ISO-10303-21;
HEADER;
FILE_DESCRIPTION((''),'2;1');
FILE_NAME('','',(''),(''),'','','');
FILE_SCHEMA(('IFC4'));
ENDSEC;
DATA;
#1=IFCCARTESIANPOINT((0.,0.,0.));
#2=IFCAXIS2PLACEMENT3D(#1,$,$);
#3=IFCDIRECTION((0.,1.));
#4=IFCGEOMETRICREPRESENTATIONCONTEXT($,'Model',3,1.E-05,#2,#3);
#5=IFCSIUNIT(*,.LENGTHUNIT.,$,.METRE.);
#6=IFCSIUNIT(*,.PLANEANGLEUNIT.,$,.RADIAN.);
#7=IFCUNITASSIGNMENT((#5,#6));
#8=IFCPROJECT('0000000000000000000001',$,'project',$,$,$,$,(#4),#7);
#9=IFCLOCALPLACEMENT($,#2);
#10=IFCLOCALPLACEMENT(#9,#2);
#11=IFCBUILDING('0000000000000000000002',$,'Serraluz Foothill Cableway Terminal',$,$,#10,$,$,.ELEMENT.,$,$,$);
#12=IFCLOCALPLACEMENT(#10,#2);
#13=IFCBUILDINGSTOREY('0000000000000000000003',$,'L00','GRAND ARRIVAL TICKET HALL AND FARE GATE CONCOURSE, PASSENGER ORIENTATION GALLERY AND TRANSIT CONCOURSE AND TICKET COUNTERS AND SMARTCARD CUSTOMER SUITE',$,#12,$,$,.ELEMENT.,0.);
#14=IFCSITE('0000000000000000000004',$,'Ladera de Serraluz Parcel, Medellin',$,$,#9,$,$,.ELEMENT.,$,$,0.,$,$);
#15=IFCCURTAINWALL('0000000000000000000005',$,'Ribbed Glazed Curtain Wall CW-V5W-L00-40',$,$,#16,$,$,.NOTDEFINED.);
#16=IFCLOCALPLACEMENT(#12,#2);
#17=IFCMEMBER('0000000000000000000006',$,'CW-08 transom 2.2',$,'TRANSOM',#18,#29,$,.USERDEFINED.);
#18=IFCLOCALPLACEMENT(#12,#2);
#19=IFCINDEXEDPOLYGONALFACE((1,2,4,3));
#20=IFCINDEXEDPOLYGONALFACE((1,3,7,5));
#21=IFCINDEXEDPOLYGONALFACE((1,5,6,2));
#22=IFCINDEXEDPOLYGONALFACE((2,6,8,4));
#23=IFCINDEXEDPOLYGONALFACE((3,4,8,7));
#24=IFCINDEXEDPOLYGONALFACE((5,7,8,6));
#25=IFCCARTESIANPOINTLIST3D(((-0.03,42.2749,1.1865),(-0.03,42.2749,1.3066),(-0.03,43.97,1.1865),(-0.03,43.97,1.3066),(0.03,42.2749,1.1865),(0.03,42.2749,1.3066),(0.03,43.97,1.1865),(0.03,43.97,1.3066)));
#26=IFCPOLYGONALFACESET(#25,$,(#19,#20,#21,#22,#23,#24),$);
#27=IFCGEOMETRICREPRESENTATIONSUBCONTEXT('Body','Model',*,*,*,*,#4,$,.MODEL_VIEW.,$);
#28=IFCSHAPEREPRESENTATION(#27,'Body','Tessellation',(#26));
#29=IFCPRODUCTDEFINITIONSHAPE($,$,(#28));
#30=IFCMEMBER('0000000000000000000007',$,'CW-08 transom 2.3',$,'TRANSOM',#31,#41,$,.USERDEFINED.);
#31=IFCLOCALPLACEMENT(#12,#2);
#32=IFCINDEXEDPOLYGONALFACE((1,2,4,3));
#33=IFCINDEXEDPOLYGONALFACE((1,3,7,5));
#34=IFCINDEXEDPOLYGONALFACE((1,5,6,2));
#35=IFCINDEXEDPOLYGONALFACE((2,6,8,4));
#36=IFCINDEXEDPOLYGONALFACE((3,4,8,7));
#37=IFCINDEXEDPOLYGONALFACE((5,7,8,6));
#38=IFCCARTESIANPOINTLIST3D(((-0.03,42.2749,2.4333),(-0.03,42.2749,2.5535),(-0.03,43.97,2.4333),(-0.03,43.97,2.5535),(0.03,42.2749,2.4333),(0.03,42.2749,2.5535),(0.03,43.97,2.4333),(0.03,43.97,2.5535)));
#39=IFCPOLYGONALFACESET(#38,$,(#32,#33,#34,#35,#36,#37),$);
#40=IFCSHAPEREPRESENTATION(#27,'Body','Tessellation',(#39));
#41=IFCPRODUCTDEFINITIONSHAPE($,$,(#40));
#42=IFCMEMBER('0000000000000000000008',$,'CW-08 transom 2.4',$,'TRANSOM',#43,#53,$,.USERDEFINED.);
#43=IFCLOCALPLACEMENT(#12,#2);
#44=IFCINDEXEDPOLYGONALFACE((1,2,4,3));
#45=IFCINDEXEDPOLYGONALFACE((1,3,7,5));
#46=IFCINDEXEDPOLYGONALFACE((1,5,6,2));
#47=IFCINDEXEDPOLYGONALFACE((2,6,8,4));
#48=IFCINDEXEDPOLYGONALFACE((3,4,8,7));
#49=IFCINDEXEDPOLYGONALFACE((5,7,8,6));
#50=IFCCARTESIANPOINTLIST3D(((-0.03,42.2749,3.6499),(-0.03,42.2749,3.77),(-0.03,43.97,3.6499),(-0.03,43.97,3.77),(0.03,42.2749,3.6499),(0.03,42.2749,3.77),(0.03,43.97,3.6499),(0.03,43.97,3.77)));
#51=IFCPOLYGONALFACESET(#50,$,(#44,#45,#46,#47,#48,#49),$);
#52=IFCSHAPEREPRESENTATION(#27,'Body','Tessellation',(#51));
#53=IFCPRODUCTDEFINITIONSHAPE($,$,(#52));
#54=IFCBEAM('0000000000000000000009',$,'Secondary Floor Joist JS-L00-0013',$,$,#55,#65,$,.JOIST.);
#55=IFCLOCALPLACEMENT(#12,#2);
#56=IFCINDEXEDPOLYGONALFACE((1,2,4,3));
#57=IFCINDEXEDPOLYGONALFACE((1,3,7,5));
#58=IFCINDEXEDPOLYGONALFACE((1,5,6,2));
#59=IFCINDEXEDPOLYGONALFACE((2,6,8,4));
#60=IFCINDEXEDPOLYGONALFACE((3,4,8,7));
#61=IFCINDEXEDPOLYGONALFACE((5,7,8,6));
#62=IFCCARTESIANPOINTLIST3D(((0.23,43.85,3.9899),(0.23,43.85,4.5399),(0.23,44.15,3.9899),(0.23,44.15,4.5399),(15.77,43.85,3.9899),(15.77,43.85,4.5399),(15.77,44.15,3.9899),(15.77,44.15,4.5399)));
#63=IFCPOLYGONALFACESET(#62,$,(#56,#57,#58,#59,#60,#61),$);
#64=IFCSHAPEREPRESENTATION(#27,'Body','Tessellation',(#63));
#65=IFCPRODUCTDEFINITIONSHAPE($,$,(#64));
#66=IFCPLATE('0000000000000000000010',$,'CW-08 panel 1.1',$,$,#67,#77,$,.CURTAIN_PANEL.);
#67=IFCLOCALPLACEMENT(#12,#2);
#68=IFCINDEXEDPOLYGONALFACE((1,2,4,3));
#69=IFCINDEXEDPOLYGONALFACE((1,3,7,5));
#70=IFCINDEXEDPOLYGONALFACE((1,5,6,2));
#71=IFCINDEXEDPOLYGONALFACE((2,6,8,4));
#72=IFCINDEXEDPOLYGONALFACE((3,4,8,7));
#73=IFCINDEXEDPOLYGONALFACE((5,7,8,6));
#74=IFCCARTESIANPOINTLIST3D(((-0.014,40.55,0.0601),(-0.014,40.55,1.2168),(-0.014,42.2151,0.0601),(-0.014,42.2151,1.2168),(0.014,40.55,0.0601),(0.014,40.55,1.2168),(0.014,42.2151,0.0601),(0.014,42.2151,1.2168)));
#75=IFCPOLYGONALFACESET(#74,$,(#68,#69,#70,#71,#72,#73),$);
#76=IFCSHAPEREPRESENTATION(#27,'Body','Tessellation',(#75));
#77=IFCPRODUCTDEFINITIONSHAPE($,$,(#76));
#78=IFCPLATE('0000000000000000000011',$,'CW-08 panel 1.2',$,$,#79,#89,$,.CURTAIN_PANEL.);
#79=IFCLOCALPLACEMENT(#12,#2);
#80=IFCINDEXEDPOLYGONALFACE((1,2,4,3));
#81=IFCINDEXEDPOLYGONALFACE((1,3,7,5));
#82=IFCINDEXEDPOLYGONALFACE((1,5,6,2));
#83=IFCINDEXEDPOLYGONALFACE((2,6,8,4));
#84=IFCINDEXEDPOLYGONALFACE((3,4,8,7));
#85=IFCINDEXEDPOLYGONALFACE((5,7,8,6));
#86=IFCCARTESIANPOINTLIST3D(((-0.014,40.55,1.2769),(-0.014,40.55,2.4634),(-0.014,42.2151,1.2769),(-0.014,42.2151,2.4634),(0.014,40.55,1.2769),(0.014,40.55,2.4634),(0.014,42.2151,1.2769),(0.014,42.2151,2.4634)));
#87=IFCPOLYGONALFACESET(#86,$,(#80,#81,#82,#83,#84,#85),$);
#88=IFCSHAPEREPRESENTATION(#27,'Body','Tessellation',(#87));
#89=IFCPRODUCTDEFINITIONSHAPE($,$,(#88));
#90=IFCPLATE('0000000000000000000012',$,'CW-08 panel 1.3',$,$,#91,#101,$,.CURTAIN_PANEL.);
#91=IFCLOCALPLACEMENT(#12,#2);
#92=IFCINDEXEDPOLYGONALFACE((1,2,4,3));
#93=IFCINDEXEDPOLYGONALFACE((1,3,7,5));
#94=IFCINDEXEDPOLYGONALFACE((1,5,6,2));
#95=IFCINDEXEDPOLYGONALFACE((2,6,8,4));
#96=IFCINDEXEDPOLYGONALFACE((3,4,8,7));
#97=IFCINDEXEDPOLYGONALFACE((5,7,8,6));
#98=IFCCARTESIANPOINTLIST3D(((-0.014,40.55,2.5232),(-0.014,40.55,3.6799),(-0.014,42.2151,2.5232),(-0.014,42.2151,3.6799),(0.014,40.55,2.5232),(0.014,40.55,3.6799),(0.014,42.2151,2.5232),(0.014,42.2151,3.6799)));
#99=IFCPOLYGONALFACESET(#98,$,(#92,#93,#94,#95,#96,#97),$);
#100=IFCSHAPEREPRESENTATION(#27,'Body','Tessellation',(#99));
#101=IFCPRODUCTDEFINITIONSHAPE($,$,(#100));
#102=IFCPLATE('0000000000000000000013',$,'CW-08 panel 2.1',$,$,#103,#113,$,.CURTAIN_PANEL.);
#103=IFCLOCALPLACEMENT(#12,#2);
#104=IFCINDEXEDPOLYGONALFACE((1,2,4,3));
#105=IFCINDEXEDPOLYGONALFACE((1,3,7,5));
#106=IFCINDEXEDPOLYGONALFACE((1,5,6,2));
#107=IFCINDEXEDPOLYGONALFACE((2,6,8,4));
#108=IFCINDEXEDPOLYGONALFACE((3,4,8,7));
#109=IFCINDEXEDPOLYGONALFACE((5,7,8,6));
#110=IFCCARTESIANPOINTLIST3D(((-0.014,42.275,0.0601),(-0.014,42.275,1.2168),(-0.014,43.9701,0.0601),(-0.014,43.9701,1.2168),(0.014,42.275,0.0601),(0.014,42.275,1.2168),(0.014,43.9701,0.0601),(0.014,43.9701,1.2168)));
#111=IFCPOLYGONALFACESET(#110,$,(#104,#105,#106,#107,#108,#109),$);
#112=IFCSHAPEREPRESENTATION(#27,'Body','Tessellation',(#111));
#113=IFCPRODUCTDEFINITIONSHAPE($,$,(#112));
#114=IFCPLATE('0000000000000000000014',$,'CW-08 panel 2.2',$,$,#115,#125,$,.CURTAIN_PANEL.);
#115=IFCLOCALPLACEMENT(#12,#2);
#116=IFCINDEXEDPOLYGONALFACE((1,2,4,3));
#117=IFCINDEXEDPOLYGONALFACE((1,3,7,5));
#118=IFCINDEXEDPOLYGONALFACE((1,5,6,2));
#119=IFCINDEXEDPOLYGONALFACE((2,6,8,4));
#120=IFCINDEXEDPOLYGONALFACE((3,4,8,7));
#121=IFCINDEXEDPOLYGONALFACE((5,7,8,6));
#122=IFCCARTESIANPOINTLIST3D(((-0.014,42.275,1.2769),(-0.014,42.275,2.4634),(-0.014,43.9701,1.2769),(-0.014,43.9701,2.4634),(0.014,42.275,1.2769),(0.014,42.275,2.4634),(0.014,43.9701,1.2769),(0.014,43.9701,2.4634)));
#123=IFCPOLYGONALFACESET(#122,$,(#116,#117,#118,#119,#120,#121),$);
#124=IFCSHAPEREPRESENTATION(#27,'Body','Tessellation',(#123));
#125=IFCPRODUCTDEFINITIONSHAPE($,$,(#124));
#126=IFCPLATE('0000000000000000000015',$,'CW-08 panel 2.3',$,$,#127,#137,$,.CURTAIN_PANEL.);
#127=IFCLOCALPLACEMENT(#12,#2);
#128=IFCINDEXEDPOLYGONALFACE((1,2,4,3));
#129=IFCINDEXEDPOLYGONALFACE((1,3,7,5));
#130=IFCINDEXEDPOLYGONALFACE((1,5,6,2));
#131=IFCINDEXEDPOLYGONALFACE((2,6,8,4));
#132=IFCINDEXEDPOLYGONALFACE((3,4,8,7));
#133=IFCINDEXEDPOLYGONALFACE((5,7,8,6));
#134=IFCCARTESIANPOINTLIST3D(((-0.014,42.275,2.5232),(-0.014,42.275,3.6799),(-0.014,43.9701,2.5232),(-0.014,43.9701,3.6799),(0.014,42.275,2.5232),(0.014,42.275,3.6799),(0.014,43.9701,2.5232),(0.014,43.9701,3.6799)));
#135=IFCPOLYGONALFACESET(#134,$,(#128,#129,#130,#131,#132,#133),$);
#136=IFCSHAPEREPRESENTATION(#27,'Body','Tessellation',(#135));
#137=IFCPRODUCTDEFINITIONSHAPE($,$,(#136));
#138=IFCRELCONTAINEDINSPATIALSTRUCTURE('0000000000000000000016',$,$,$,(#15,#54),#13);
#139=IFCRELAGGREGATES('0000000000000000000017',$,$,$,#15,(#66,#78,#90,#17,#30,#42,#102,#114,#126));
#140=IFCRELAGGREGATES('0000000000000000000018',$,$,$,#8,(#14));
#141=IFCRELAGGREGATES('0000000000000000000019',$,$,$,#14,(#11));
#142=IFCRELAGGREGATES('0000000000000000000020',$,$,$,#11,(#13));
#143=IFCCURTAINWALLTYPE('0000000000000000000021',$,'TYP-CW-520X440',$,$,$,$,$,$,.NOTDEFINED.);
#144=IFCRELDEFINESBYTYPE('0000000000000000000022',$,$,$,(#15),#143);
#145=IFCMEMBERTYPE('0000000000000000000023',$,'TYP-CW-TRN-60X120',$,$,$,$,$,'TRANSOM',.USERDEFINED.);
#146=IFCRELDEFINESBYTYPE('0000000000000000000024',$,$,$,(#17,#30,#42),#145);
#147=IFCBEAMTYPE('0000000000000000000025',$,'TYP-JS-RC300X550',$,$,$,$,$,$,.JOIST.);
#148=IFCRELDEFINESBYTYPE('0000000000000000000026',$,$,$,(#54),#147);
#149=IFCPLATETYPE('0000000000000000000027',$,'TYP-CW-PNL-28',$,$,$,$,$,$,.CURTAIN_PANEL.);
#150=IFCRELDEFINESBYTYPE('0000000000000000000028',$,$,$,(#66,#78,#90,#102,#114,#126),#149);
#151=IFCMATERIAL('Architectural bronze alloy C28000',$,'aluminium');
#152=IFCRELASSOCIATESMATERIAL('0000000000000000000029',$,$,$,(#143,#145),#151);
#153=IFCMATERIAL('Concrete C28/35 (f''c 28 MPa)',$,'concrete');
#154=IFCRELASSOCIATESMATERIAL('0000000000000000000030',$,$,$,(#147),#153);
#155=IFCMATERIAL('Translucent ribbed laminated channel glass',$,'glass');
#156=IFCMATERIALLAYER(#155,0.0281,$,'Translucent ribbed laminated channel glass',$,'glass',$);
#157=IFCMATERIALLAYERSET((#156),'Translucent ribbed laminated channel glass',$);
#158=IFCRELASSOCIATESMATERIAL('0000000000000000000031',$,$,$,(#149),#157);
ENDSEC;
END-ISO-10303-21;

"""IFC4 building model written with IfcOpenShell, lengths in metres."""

from ifc_helpers import new_model, si_unit, direction, frame, origin, origin_2d, place, context, subcontext, project, spatial, rectangle, extrude, material, layer, layer_set, material_profile, profile_set, type_object, element, aggregate, save


model = new_model("IFC4")

# Units and contexts
model_context = context("Model", 3, precision=1e-05, world=origin(), true_north=direction((0.0, 1.0)))
body_context = subcontext(model_context, "Body", "Model", "MODEL_VIEW")
ifc_project = project(units=[si_unit("LENGTHUNIT", "METRE"), si_unit("PLANEANGLEUNIT", "RADIAN")], contexts=[model_context])

# Site, building, storey
site_placement = place(None, origin())
site = spatial("IfcSite", under=ifc_project, at=site_placement, Name="Ladera de Serraluz Parcel, Medellin", CompositionType="ELEMENT", RefElevation=0.0)
building_placement = place(site_placement, origin())
building = spatial("IfcBuilding", under=site, at=building_placement, Name="Serraluz Foothill Cableway Terminal", CompositionType="ELEMENT")
storey_placement = place(building_placement, origin())
storey = spatial("IfcBuildingStorey", under=building, at=storey_placement, Name="L00", Description="GRAND ARRIVAL TICKET HALL AND FARE GATE CONCOURSE, PASSENGER ORIENTATION GALLERY AND TRANSIT CONCOURSE AND TICKET COUNTERS AND SMARTCARD CUSTOMER SUITE", CompositionType="ELEMENT", Elevation=0.0)

# Shared definitions
ifc_material_1 = material(Name="Concrete C28/35 (f'c 28 MPa)", Category="concrete")

# Curtain wall, members
ifc_material_2 = material(Name="Architectural bronze alloy C28000", Category="aluminium")
curtain_wall_type = type_object("IfcCurtainWallType", Name="TYP-CW-520X440", PredefinedType="NOTDEFINED", material=ifc_material_2)
curtain_wall_placement = place(storey_placement, origin())
curtain_wall = element("IfcCurtainWall", 1, at=curtain_wall_placement, inside=storey, type_object=curtain_wall_type, Name="Ribbed Glazed Curtain Wall CW-V5W-L00-40", PredefinedType="NOTDEFINED")
ifc_material_profile_1 = material_profile(ifc_material_2, rectangle(XDim=0.0601, YDim=0.1201, at=origin_2d()), Name="ALU TRANSOM 60x120")
ifc_profile_set_1 = profile_set([ifc_material_profile_1], Name="Architectural bronze alloy C28000")
member_type_1 = type_object("IfcMemberType", Name="TYP-CW-TRN-60X120", ElementType="TRANSOM", PredefinedType="USERDEFINED", material=ifc_profile_set_1)
member_1_placement = place(storey_placement, frame((0.0, 42.2749, 1.2466), z_axis=(0.0, 1.0, 0.0), x_axis=(-1.0, 0.0, 0.0)))
member_1 = element("IfcMember", 2, at=member_1_placement, type_object=member_type_1, Name="CW-08 transom 2.2", ObjectType="TRANSOM", PredefinedType="USERDEFINED", context=body_context, shape_type="SweptSolid", body=[
    extrude(rectangle(XDim=0.0601, YDim=0.1201, at=origin_2d()), origin(), (0.0, 0.0, 1.0), 1.6951),
])
member_2_placement = place(storey_placement, frame((0.0, 42.2749, 2.4934), z_axis=(0.0, 1.0, 0.0), x_axis=(-1.0, 0.0, 0.0)))
member_2 = element("IfcMember", 3, at=member_2_placement, type_object=member_type_1, Name="CW-08 transom 2.3", ObjectType="TRANSOM", PredefinedType="USERDEFINED", context=body_context, shape_type="SweptSolid", body=[
    extrude(rectangle(XDim=0.0601, YDim=0.1201, at=origin_2d()), origin(), (0.0, 0.0, 1.0), 1.6951),
])
member_3_placement = place(storey_placement, frame((0.0, 42.2749, 3.71), z_axis=(0.0, 1.0, 0.0), x_axis=(-1.0, 0.0, 0.0)))
member_3 = element("IfcMember", 4, at=member_3_placement, type_object=member_type_1, Name="CW-08 transom 2.4", ObjectType="TRANSOM", PredefinedType="USERDEFINED", context=body_context, shape_type="SweptSolid", body=[
    extrude(rectangle(XDim=0.0601, YDim=0.1201, at=origin_2d()), origin(), (0.0, 0.0, 1.0), 1.6951),
])

# Beam
ifc_material_profile_2 = material_profile(ifc_material_1, rectangle(XDim=0.3, YDim=0.55, at=origin_2d()), Name="RC 300x550")
ifc_profile_set_2 = profile_set([ifc_material_profile_2], Name="Concrete C28/35 (f'c 28 MPa)")
beam_type = type_object("IfcBeamType", Name="TYP-JS-RC300X550", PredefinedType="JOIST", material=ifc_profile_set_2)
beam_placement = place(storey_placement, frame((0.23, 44.0, 4.2649), z_axis=(1.0, 0.0, 0.0), x_axis=(0.0, 1.0, 0.0)))
element("IfcBeam", 5, at=beam_placement, inside=storey, type_object=beam_type, Name="Secondary Floor Joist JS-L00-0013", PredefinedType="JOIST", context=body_context, shape_type="SweptSolid", body=[
    extrude(rectangle(XDim=0.3, YDim=0.55, at=origin_2d()), origin(), (0.0, 0.0, 1.0), 15.54),
])

# Plates
ifc_material_3 = material(Name="Translucent ribbed laminated channel glass", Category="glass")
ifc_layer = layer(ifc_material_3, 0.0281, Name="Translucent ribbed laminated channel glass", Category="glass")
ifc_layer_set = layer_set([ifc_layer], Name="Translucent ribbed laminated channel glass")
plate_type = type_object("IfcPlateType", Name="TYP-CW-PNL-28", PredefinedType="CURTAIN_PANEL", material=ifc_layer_set)
plate_1_placement = place(storey_placement, frame((0.0, 41.3826, 0.0601), z_axis=(0.0, 0.0, 1.0), x_axis=(0.0, 1.0, 0.0)))
plate_1 = element("IfcPlate", 6, at=plate_1_placement, type_object=plate_type, Name="CW-08 panel 1.1", PredefinedType="CURTAIN_PANEL", context=body_context, shape_type="SweptSolid", body=[
    extrude(rectangle(XDim=1.665, YDim=0.0281, at=origin_2d()), origin(), (0.0, 0.0, 1.0), 1.1567),
])
plate_2_placement = place(storey_placement, frame((0.0, 41.3826, 1.2769), z_axis=(0.0, 0.0, 1.0), x_axis=(0.0, 1.0, 0.0)))
plate_2 = element("IfcPlate", 7, at=plate_2_placement, type_object=plate_type, Name="CW-08 panel 1.2", PredefinedType="CURTAIN_PANEL", context=body_context, shape_type="SweptSolid", body=[
    extrude(rectangle(XDim=1.665, YDim=0.0281, at=origin_2d()), origin(), (0.0, 0.0, 1.0), 1.1865),
])
plate_3_placement = place(storey_placement, frame((0.0, 41.3826, 2.5232), z_axis=(0.0, 0.0, 1.0), x_axis=(0.0, 1.0, 0.0)))
plate_3 = element("IfcPlate", 8, at=plate_3_placement, type_object=plate_type, Name="CW-08 panel 1.3", PredefinedType="CURTAIN_PANEL", context=body_context, shape_type="SweptSolid", body=[
    extrude(rectangle(XDim=1.665, YDim=0.0281, at=origin_2d()), origin(), (0.0, 0.0, 1.0), 1.1567),
])
plate_4_placement = place(storey_placement, frame((0.0, 43.1226, 0.0601), z_axis=(0.0, 0.0, 1.0), x_axis=(0.0, 1.0, 0.0)))
plate_4 = element("IfcPlate", 9, at=plate_4_placement, type_object=plate_type, Name="CW-08 panel 2.1", PredefinedType="CURTAIN_PANEL", context=body_context, shape_type="SweptSolid", body=[
    extrude(rectangle(XDim=1.6951, YDim=0.0281, at=origin_2d()), origin(), (0.0, 0.0, 1.0), 1.1567),
])
plate_5_placement = place(storey_placement, frame((0.0, 43.1226, 1.2769), z_axis=(0.0, 0.0, 1.0), x_axis=(0.0, 1.0, 0.0)))
plate_5 = element("IfcPlate", 10, at=plate_5_placement, type_object=plate_type, Name="CW-08 panel 2.2", PredefinedType="CURTAIN_PANEL", context=body_context, shape_type="SweptSolid", body=[
    extrude(rectangle(XDim=1.6951, YDim=0.0281, at=origin_2d()), origin(), (0.0, 0.0, 1.0), 1.1865),
])
plate_6_placement = place(storey_placement, frame((0.0, 43.1226, 2.5232), z_axis=(0.0, 0.0, 1.0), x_axis=(0.0, 1.0, 0.0)))
plate_6 = element("IfcPlate", 11, at=plate_6_placement, type_object=plate_type, Name="CW-08 panel 2.3", PredefinedType="CURTAIN_PANEL", context=body_context, shape_type="SweptSolid", body=[
    extrude(rectangle(XDim=1.6951, YDim=0.0281, at=origin_2d()), origin(), (0.0, 0.0, 1.0), 1.1567),
])
aggregate(curtain_wall, [plate_1, plate_2, plate_3, member_1, member_2, member_3, plate_4, plate_5, plate_6])

save(model, "model.ifc")
